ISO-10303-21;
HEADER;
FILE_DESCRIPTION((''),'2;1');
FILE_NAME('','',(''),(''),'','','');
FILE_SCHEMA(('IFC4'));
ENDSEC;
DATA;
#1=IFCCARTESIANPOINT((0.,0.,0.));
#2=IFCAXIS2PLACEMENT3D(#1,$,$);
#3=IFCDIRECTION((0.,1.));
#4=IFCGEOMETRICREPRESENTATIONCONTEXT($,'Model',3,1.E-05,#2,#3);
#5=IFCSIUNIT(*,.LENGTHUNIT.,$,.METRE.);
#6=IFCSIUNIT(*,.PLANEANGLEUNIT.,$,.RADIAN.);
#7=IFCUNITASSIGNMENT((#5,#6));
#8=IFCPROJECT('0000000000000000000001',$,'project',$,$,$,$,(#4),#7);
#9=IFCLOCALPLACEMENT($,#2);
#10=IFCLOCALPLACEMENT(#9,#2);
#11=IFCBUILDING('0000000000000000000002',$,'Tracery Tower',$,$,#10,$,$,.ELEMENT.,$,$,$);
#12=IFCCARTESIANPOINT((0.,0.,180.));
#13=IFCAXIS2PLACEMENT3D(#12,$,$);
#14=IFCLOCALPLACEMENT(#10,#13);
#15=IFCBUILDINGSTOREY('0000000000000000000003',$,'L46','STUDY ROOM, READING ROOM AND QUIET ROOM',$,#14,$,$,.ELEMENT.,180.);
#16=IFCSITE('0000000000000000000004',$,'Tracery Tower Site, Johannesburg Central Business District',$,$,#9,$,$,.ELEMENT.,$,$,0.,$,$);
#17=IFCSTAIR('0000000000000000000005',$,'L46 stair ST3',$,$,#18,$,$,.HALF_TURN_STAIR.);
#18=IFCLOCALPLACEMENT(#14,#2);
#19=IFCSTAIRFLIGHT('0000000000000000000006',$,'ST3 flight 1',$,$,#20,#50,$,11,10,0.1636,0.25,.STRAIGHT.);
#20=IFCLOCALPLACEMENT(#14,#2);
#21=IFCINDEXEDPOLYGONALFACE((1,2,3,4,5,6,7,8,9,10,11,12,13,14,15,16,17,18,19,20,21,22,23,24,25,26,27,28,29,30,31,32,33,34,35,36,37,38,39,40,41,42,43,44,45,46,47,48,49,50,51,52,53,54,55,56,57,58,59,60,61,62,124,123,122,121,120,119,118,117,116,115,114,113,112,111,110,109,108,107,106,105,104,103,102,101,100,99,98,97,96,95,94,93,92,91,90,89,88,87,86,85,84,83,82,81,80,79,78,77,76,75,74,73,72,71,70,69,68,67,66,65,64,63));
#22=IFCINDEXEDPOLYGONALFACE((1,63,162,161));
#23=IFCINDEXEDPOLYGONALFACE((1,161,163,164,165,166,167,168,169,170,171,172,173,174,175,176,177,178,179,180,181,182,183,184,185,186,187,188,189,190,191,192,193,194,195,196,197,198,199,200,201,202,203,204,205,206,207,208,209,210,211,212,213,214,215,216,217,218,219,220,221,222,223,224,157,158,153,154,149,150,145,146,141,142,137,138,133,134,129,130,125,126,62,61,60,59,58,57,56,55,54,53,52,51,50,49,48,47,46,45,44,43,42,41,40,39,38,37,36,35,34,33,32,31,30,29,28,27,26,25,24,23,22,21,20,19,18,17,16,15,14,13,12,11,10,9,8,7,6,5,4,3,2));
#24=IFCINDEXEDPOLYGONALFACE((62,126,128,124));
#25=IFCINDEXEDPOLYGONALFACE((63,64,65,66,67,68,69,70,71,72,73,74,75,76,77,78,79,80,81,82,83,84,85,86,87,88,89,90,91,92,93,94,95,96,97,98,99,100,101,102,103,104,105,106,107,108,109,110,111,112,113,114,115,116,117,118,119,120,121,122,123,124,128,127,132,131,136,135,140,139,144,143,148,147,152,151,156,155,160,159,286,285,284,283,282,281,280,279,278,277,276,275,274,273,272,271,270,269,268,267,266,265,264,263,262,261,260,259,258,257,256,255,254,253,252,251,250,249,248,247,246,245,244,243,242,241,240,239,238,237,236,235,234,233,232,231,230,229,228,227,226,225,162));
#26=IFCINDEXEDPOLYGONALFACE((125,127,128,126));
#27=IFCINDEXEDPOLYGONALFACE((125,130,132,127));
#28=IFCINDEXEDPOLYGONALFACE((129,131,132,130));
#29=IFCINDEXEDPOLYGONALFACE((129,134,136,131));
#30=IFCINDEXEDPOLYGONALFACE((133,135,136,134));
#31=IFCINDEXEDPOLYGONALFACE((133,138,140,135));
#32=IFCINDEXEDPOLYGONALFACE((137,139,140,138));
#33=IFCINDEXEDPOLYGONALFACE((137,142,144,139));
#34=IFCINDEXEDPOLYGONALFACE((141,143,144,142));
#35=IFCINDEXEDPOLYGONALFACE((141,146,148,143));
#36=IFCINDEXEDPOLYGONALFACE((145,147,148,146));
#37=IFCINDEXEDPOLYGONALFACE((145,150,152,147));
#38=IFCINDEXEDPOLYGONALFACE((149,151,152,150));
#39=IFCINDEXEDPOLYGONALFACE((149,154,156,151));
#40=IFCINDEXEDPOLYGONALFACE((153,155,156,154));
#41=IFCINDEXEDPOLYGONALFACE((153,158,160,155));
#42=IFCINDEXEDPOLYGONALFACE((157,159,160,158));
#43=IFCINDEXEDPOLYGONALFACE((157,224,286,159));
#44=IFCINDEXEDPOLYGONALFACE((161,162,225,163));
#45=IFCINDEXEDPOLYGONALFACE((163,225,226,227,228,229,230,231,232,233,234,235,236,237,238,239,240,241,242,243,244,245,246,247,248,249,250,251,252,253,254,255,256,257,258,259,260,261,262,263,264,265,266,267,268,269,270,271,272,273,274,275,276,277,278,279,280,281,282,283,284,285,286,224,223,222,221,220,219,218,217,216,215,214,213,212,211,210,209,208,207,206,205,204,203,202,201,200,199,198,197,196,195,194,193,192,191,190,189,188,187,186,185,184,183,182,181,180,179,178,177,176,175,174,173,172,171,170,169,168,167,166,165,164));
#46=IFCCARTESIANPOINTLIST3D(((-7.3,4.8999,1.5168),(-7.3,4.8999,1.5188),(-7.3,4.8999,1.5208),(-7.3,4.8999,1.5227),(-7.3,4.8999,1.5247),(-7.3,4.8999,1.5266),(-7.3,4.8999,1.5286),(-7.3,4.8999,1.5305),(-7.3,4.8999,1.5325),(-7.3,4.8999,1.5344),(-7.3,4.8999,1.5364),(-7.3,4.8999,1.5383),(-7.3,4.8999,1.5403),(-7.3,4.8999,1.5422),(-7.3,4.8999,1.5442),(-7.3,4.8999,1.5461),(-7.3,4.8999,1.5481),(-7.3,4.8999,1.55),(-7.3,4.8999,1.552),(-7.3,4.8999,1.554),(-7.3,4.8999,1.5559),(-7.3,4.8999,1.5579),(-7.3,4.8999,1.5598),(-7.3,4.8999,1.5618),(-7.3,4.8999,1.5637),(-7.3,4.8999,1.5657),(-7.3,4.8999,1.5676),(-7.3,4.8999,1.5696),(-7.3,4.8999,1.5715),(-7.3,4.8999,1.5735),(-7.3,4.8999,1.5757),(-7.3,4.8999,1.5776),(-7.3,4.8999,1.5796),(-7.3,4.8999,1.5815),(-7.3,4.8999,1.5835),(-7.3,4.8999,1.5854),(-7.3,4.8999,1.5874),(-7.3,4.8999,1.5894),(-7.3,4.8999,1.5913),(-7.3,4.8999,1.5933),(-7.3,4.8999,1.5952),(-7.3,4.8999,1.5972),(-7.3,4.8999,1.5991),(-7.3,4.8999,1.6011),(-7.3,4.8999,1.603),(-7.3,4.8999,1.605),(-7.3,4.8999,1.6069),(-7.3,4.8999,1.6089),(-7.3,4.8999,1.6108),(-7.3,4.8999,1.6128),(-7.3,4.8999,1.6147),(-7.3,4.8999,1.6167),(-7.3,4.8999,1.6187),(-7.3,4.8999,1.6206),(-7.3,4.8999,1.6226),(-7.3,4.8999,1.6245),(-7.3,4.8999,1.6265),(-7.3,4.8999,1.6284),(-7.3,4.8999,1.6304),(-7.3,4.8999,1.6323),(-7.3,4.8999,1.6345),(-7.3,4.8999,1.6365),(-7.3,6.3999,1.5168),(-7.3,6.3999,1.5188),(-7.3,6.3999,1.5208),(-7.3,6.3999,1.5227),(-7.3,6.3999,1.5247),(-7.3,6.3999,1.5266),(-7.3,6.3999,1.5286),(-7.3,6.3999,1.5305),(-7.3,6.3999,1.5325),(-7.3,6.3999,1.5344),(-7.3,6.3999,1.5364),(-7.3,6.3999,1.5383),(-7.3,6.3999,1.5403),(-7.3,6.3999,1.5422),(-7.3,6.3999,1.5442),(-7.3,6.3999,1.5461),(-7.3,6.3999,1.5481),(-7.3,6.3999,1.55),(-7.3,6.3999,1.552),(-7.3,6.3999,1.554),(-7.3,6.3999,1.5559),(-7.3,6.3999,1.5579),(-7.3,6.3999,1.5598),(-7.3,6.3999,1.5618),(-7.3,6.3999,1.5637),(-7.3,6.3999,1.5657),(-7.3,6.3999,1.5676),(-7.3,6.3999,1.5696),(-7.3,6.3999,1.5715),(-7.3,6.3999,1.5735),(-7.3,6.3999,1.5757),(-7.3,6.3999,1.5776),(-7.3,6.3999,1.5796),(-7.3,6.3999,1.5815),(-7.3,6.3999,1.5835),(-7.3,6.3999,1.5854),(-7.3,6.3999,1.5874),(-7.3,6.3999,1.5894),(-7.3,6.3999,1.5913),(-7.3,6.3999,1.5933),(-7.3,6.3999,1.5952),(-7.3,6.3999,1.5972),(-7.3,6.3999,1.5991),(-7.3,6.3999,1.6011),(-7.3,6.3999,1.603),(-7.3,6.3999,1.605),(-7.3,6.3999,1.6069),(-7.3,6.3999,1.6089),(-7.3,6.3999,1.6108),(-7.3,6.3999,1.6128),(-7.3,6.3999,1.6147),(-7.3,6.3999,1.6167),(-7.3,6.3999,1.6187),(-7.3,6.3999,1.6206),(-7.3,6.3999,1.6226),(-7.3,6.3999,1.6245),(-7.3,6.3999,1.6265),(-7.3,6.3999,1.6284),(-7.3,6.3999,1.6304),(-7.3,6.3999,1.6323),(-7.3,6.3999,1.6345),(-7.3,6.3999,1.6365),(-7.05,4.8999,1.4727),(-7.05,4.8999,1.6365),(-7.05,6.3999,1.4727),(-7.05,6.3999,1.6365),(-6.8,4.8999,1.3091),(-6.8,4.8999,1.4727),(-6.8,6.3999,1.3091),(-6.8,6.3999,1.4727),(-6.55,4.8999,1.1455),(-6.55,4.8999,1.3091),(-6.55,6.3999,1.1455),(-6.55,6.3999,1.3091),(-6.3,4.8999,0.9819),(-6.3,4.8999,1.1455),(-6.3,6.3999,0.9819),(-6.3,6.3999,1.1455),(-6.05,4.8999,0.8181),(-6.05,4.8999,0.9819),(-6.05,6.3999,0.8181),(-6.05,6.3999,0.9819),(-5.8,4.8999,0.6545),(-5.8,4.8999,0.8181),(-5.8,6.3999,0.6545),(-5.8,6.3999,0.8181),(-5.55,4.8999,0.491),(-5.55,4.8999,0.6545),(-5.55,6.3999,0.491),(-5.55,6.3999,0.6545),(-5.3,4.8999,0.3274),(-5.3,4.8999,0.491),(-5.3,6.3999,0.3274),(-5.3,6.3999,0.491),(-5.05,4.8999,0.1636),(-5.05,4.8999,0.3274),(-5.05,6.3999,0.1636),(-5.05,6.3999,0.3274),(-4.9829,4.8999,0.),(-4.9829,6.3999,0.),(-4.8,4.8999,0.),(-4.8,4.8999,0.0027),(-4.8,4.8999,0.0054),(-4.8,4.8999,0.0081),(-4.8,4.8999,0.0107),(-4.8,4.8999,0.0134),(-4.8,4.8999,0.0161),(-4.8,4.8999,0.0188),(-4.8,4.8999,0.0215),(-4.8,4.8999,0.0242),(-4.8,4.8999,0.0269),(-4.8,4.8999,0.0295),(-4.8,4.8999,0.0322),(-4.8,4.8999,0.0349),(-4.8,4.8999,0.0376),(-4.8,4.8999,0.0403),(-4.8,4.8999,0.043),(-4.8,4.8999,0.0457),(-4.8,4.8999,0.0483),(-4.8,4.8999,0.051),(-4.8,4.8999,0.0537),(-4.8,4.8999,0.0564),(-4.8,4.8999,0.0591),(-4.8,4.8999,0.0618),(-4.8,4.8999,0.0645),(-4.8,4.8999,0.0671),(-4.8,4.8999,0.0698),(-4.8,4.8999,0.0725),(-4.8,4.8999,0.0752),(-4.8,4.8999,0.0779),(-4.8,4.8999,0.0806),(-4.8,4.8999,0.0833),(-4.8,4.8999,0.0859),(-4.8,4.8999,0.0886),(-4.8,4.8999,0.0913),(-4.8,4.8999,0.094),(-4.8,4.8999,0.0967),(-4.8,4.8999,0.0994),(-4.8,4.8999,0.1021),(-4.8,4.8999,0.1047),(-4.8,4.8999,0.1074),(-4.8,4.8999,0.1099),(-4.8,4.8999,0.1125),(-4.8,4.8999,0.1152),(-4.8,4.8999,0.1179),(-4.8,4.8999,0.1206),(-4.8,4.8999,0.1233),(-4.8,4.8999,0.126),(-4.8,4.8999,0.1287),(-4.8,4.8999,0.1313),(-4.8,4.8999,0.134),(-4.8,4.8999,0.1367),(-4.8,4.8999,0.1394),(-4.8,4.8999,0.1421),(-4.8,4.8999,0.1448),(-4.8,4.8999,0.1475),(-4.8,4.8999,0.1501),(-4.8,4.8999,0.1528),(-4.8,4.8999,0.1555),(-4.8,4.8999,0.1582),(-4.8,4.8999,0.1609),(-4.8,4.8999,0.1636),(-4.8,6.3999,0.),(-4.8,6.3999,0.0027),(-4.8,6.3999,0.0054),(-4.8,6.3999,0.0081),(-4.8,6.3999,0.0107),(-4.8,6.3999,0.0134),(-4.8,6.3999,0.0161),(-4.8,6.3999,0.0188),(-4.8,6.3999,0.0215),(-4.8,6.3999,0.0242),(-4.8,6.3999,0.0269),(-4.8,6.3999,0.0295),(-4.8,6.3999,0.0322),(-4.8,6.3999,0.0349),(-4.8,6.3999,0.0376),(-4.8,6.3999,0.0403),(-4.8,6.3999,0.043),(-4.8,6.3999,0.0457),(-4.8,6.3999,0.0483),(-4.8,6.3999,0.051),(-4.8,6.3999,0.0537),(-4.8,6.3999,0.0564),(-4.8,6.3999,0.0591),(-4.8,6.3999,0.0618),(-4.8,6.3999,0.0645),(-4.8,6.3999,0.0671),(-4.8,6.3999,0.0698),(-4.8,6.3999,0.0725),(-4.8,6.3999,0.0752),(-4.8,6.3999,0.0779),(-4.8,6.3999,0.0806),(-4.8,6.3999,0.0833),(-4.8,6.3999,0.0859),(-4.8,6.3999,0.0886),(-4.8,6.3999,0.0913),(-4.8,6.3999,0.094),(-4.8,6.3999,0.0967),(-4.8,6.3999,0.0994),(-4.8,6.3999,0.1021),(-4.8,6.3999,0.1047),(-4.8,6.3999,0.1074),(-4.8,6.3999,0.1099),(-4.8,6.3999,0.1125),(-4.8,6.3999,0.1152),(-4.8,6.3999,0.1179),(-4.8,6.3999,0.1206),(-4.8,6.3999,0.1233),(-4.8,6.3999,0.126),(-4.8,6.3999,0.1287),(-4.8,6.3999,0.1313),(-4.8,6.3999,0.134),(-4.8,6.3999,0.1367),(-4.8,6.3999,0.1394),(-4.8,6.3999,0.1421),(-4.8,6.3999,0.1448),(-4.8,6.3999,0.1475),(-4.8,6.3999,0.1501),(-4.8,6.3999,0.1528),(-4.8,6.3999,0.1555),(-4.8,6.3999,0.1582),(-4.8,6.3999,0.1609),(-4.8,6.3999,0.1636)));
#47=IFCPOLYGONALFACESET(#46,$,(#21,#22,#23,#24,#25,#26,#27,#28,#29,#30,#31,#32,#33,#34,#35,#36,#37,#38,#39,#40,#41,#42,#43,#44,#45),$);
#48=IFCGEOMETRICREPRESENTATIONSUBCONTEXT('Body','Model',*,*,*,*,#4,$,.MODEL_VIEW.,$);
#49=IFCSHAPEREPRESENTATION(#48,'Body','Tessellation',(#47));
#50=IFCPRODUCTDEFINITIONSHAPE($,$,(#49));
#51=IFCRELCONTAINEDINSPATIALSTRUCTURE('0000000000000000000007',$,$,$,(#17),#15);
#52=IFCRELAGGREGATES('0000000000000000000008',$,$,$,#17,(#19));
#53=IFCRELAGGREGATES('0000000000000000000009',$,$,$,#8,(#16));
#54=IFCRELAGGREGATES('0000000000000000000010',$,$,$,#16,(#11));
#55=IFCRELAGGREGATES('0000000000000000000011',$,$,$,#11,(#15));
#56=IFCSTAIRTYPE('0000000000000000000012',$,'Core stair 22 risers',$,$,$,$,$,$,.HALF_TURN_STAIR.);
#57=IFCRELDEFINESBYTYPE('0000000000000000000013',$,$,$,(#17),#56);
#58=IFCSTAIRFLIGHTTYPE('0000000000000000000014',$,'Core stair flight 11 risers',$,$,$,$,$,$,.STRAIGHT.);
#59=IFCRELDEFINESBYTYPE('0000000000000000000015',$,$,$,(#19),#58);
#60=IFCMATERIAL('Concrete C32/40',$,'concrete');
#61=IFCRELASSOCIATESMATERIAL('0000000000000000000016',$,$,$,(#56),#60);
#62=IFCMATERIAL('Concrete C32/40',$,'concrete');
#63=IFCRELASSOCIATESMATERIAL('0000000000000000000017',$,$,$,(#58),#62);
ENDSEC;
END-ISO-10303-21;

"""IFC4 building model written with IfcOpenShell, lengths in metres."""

from ifc_helpers import new_model, si_unit, direction, frame, origin, place, context, subcontext, project, spatial, polyline, outline, extrude, material, type_object, element, aggregate, save


model = new_model("IFC4")

# Units and contexts
model_context = context("Model", 3, precision=1e-05, world=origin(), true_north=direction((0.0, 1.0)))
body_context = subcontext(model_context, "Body", "Model", "MODEL_VIEW")
ifc_project = project(units=[si_unit("LENGTHUNIT", "METRE"), si_unit("PLANEANGLEUNIT", "RADIAN")], contexts=[model_context])

# Site, building, storey
site_placement = place(None, origin())
site = spatial("IfcSite", under=ifc_project, at=site_placement, Name="Tracery Tower Site, Johannesburg Central Business District", CompositionType="ELEMENT", RefElevation=0.0)
building_placement = place(site_placement, origin())
building = spatial("IfcBuilding", under=site, at=building_placement, Name="Tracery Tower", CompositionType="ELEMENT")
storey_placement = place(building_placement, frame((0.0, 0.0, 180.0)))
storey = spatial("IfcBuildingStorey", under=building, at=storey_placement, Name="L46", Description="STUDY ROOM, READING ROOM AND QUIET ROOM", CompositionType="ELEMENT", Elevation=180.0)

# Stair, stair flight
ifc_material_1 = material(Name="Concrete C32/40", Category="concrete")
stair_type = type_object("IfcStairType", Name="Core stair 22 risers", PredefinedType="HALF_TURN_STAIR", material=ifc_material_1)
stair_placement = place(storey_placement, origin())
stair = element("IfcStair", 1, at=stair_placement, inside=storey, type_object=stair_type, Name="L46 stair ST3", PredefinedType="HALF_TURN_STAIR")
ifc_material_2 = material(Name="Concrete C32/40", Category="concrete")
stair_flight_type = type_object("IfcStairFlightType", Name="Core stair flight 11 risers", PredefinedType="STRAIGHT", material=ifc_material_2)
stair_flight_1_placement = place(storey_placement, frame((-4.8, 5.6499, 0.0), z_axis=(0.0, 0.0, 1.0), x_axis=(-1.0, 0.0, 0.0)))
stair_flight_1 = element("IfcStairFlight", 2, at=stair_flight_1_placement, type_object=stair_flight_type, Name="ST3 flight 1", NumberOfRisers=11, NumberOfTreads=10, PredefinedType="STRAIGHT", RiserHeight=0.1636, TreadLength=0.25, context=body_context, shape_type="SweptSolid", body=[
    extrude(outline(polyline([(0.0, 0.0), (0.0, 0.0027), (0.0, 0.0054), (0.0, 0.0081), (0.0, 0.0107), (0.0, 0.0134), (0.0, 0.0161), (0.0, 0.0188), (0.0, 0.0215), (0.0, 0.0242), (0.0, 0.0269), (0.0, 0.0295), (0.0, 0.0322), (0.0, 0.0349), (0.0, 0.0376), (0.0, 0.0403), (0.0, 0.043), (0.0, 0.0457), (0.0, 0.0483), (0.0, 0.051), (0.0, 0.0537), (0.0, 0.0564), (0.0, 0.0591), (0.0, 0.0618), (0.0, 0.0645), (0.0, 0.0671), (0.0, 0.0698), (0.0, 0.0725), (0.0, 0.0752), (0.0, 0.0779), (0.0, 0.0806), (0.0, 0.0833), (0.0, 0.0859), (0.0, 0.0886), (0.0, 0.0913), (0.0, 0.094), (0.0, 0.0967), (0.0, 0.0994), (0.0, 0.1021), (0.0, 0.1047), (0.0, 0.1074), (0.0, 0.1099), (0.0, 0.1125), (0.0, 0.1152), (0.0, 0.1179), (0.0, 0.1206), (0.0, 0.1233), (0.0, 0.126), (0.0, 0.1287), (0.0, 0.1313), (0.0, 0.134), (0.0, 0.1367), (0.0, 0.1394), (0.0, 0.1421), (0.0, 0.1448), (0.0, 0.1475), (0.0, 0.1501), (0.0, 0.1528), (0.0, 0.1555), (0.0, 0.1582), (0.0, 0.1609), (0.0, 0.1636), (0.25, 0.1636), (0.25, 0.3274), (0.5, 0.3274), (0.5, 0.491), (0.75, 0.491), (0.75, 0.6545), (1.0, 0.6545), (1.0, 0.8181), (1.25, 0.8181), (1.25, 0.9819), (1.5, 0.9819), (1.5, 1.1455), (1.75, 1.1455), (1.75, 1.3091), (2.0, 1.3091), (2.0, 1.4727), (2.25, 1.4727), (2.25, 1.6365), (2.5, 1.6365), (2.5, 1.6345), (2.5, 1.6323), (2.5, 1.6304), (2.5, 1.6284), (2.5, 1.6265), (2.5, 1.6245), (2.5, 1.6226), (2.5, 1.6206), (2.5, 1.6187), (2.5, 1.6167), (2.5, 1.6147), (2.5, 1.6128), (2.5, 1.6108), (2.5, 1.6089), (2.5, 1.6069), (2.5, 1.605), (2.5, 1.603), (2.5, 1.6011), (2.5, 1.5991), (2.5, 1.5972), (2.5, 1.5952), (2.5, 1.5933), (2.5, 1.5913), (2.5, 1.5894), (2.5, 1.5874), (2.5, 1.5854), (2.5, 1.5835), (2.5, 1.5815), (2.5, 1.5796), (2.5, 1.5776), (2.5, 1.5757), (2.5, 1.5735), (2.5, 1.5715), (2.5, 1.5696), (2.5, 1.5676), (2.5, 1.5657), (2.5, 1.5637), (2.5, 1.5618), (2.5, 1.5598), (2.5, 1.5579), (2.5, 1.5559), (2.5, 1.554), (2.5, 1.552), (2.5, 1.55), (2.5, 1.5481), (2.5, 1.5461), (2.5, 1.5442), (2.5, 1.5422), (2.5, 1.5403), (2.5, 1.5383), (2.5, 1.5364), (2.5, 1.5344), (2.5, 1.5325), (2.5, 1.5305), (2.5, 1.5286), (2.5, 1.5266), (2.5, 1.5247), (2.5, 1.5227), (2.5, 1.5208), (2.5, 1.5188), (2.5, 1.5168), (0.1829, 0.0), (0.0, 0.0)])), frame((0.0, 0.75, 0.0), z_axis=(0.0, -1.0, 0.0), x_axis=(1.0, 0.0, 0.0)), (0.0, 0.0, 1.0), 1.5),
])
aggregate(stair, [stair_flight_1])

save(model, "model.ifc")
